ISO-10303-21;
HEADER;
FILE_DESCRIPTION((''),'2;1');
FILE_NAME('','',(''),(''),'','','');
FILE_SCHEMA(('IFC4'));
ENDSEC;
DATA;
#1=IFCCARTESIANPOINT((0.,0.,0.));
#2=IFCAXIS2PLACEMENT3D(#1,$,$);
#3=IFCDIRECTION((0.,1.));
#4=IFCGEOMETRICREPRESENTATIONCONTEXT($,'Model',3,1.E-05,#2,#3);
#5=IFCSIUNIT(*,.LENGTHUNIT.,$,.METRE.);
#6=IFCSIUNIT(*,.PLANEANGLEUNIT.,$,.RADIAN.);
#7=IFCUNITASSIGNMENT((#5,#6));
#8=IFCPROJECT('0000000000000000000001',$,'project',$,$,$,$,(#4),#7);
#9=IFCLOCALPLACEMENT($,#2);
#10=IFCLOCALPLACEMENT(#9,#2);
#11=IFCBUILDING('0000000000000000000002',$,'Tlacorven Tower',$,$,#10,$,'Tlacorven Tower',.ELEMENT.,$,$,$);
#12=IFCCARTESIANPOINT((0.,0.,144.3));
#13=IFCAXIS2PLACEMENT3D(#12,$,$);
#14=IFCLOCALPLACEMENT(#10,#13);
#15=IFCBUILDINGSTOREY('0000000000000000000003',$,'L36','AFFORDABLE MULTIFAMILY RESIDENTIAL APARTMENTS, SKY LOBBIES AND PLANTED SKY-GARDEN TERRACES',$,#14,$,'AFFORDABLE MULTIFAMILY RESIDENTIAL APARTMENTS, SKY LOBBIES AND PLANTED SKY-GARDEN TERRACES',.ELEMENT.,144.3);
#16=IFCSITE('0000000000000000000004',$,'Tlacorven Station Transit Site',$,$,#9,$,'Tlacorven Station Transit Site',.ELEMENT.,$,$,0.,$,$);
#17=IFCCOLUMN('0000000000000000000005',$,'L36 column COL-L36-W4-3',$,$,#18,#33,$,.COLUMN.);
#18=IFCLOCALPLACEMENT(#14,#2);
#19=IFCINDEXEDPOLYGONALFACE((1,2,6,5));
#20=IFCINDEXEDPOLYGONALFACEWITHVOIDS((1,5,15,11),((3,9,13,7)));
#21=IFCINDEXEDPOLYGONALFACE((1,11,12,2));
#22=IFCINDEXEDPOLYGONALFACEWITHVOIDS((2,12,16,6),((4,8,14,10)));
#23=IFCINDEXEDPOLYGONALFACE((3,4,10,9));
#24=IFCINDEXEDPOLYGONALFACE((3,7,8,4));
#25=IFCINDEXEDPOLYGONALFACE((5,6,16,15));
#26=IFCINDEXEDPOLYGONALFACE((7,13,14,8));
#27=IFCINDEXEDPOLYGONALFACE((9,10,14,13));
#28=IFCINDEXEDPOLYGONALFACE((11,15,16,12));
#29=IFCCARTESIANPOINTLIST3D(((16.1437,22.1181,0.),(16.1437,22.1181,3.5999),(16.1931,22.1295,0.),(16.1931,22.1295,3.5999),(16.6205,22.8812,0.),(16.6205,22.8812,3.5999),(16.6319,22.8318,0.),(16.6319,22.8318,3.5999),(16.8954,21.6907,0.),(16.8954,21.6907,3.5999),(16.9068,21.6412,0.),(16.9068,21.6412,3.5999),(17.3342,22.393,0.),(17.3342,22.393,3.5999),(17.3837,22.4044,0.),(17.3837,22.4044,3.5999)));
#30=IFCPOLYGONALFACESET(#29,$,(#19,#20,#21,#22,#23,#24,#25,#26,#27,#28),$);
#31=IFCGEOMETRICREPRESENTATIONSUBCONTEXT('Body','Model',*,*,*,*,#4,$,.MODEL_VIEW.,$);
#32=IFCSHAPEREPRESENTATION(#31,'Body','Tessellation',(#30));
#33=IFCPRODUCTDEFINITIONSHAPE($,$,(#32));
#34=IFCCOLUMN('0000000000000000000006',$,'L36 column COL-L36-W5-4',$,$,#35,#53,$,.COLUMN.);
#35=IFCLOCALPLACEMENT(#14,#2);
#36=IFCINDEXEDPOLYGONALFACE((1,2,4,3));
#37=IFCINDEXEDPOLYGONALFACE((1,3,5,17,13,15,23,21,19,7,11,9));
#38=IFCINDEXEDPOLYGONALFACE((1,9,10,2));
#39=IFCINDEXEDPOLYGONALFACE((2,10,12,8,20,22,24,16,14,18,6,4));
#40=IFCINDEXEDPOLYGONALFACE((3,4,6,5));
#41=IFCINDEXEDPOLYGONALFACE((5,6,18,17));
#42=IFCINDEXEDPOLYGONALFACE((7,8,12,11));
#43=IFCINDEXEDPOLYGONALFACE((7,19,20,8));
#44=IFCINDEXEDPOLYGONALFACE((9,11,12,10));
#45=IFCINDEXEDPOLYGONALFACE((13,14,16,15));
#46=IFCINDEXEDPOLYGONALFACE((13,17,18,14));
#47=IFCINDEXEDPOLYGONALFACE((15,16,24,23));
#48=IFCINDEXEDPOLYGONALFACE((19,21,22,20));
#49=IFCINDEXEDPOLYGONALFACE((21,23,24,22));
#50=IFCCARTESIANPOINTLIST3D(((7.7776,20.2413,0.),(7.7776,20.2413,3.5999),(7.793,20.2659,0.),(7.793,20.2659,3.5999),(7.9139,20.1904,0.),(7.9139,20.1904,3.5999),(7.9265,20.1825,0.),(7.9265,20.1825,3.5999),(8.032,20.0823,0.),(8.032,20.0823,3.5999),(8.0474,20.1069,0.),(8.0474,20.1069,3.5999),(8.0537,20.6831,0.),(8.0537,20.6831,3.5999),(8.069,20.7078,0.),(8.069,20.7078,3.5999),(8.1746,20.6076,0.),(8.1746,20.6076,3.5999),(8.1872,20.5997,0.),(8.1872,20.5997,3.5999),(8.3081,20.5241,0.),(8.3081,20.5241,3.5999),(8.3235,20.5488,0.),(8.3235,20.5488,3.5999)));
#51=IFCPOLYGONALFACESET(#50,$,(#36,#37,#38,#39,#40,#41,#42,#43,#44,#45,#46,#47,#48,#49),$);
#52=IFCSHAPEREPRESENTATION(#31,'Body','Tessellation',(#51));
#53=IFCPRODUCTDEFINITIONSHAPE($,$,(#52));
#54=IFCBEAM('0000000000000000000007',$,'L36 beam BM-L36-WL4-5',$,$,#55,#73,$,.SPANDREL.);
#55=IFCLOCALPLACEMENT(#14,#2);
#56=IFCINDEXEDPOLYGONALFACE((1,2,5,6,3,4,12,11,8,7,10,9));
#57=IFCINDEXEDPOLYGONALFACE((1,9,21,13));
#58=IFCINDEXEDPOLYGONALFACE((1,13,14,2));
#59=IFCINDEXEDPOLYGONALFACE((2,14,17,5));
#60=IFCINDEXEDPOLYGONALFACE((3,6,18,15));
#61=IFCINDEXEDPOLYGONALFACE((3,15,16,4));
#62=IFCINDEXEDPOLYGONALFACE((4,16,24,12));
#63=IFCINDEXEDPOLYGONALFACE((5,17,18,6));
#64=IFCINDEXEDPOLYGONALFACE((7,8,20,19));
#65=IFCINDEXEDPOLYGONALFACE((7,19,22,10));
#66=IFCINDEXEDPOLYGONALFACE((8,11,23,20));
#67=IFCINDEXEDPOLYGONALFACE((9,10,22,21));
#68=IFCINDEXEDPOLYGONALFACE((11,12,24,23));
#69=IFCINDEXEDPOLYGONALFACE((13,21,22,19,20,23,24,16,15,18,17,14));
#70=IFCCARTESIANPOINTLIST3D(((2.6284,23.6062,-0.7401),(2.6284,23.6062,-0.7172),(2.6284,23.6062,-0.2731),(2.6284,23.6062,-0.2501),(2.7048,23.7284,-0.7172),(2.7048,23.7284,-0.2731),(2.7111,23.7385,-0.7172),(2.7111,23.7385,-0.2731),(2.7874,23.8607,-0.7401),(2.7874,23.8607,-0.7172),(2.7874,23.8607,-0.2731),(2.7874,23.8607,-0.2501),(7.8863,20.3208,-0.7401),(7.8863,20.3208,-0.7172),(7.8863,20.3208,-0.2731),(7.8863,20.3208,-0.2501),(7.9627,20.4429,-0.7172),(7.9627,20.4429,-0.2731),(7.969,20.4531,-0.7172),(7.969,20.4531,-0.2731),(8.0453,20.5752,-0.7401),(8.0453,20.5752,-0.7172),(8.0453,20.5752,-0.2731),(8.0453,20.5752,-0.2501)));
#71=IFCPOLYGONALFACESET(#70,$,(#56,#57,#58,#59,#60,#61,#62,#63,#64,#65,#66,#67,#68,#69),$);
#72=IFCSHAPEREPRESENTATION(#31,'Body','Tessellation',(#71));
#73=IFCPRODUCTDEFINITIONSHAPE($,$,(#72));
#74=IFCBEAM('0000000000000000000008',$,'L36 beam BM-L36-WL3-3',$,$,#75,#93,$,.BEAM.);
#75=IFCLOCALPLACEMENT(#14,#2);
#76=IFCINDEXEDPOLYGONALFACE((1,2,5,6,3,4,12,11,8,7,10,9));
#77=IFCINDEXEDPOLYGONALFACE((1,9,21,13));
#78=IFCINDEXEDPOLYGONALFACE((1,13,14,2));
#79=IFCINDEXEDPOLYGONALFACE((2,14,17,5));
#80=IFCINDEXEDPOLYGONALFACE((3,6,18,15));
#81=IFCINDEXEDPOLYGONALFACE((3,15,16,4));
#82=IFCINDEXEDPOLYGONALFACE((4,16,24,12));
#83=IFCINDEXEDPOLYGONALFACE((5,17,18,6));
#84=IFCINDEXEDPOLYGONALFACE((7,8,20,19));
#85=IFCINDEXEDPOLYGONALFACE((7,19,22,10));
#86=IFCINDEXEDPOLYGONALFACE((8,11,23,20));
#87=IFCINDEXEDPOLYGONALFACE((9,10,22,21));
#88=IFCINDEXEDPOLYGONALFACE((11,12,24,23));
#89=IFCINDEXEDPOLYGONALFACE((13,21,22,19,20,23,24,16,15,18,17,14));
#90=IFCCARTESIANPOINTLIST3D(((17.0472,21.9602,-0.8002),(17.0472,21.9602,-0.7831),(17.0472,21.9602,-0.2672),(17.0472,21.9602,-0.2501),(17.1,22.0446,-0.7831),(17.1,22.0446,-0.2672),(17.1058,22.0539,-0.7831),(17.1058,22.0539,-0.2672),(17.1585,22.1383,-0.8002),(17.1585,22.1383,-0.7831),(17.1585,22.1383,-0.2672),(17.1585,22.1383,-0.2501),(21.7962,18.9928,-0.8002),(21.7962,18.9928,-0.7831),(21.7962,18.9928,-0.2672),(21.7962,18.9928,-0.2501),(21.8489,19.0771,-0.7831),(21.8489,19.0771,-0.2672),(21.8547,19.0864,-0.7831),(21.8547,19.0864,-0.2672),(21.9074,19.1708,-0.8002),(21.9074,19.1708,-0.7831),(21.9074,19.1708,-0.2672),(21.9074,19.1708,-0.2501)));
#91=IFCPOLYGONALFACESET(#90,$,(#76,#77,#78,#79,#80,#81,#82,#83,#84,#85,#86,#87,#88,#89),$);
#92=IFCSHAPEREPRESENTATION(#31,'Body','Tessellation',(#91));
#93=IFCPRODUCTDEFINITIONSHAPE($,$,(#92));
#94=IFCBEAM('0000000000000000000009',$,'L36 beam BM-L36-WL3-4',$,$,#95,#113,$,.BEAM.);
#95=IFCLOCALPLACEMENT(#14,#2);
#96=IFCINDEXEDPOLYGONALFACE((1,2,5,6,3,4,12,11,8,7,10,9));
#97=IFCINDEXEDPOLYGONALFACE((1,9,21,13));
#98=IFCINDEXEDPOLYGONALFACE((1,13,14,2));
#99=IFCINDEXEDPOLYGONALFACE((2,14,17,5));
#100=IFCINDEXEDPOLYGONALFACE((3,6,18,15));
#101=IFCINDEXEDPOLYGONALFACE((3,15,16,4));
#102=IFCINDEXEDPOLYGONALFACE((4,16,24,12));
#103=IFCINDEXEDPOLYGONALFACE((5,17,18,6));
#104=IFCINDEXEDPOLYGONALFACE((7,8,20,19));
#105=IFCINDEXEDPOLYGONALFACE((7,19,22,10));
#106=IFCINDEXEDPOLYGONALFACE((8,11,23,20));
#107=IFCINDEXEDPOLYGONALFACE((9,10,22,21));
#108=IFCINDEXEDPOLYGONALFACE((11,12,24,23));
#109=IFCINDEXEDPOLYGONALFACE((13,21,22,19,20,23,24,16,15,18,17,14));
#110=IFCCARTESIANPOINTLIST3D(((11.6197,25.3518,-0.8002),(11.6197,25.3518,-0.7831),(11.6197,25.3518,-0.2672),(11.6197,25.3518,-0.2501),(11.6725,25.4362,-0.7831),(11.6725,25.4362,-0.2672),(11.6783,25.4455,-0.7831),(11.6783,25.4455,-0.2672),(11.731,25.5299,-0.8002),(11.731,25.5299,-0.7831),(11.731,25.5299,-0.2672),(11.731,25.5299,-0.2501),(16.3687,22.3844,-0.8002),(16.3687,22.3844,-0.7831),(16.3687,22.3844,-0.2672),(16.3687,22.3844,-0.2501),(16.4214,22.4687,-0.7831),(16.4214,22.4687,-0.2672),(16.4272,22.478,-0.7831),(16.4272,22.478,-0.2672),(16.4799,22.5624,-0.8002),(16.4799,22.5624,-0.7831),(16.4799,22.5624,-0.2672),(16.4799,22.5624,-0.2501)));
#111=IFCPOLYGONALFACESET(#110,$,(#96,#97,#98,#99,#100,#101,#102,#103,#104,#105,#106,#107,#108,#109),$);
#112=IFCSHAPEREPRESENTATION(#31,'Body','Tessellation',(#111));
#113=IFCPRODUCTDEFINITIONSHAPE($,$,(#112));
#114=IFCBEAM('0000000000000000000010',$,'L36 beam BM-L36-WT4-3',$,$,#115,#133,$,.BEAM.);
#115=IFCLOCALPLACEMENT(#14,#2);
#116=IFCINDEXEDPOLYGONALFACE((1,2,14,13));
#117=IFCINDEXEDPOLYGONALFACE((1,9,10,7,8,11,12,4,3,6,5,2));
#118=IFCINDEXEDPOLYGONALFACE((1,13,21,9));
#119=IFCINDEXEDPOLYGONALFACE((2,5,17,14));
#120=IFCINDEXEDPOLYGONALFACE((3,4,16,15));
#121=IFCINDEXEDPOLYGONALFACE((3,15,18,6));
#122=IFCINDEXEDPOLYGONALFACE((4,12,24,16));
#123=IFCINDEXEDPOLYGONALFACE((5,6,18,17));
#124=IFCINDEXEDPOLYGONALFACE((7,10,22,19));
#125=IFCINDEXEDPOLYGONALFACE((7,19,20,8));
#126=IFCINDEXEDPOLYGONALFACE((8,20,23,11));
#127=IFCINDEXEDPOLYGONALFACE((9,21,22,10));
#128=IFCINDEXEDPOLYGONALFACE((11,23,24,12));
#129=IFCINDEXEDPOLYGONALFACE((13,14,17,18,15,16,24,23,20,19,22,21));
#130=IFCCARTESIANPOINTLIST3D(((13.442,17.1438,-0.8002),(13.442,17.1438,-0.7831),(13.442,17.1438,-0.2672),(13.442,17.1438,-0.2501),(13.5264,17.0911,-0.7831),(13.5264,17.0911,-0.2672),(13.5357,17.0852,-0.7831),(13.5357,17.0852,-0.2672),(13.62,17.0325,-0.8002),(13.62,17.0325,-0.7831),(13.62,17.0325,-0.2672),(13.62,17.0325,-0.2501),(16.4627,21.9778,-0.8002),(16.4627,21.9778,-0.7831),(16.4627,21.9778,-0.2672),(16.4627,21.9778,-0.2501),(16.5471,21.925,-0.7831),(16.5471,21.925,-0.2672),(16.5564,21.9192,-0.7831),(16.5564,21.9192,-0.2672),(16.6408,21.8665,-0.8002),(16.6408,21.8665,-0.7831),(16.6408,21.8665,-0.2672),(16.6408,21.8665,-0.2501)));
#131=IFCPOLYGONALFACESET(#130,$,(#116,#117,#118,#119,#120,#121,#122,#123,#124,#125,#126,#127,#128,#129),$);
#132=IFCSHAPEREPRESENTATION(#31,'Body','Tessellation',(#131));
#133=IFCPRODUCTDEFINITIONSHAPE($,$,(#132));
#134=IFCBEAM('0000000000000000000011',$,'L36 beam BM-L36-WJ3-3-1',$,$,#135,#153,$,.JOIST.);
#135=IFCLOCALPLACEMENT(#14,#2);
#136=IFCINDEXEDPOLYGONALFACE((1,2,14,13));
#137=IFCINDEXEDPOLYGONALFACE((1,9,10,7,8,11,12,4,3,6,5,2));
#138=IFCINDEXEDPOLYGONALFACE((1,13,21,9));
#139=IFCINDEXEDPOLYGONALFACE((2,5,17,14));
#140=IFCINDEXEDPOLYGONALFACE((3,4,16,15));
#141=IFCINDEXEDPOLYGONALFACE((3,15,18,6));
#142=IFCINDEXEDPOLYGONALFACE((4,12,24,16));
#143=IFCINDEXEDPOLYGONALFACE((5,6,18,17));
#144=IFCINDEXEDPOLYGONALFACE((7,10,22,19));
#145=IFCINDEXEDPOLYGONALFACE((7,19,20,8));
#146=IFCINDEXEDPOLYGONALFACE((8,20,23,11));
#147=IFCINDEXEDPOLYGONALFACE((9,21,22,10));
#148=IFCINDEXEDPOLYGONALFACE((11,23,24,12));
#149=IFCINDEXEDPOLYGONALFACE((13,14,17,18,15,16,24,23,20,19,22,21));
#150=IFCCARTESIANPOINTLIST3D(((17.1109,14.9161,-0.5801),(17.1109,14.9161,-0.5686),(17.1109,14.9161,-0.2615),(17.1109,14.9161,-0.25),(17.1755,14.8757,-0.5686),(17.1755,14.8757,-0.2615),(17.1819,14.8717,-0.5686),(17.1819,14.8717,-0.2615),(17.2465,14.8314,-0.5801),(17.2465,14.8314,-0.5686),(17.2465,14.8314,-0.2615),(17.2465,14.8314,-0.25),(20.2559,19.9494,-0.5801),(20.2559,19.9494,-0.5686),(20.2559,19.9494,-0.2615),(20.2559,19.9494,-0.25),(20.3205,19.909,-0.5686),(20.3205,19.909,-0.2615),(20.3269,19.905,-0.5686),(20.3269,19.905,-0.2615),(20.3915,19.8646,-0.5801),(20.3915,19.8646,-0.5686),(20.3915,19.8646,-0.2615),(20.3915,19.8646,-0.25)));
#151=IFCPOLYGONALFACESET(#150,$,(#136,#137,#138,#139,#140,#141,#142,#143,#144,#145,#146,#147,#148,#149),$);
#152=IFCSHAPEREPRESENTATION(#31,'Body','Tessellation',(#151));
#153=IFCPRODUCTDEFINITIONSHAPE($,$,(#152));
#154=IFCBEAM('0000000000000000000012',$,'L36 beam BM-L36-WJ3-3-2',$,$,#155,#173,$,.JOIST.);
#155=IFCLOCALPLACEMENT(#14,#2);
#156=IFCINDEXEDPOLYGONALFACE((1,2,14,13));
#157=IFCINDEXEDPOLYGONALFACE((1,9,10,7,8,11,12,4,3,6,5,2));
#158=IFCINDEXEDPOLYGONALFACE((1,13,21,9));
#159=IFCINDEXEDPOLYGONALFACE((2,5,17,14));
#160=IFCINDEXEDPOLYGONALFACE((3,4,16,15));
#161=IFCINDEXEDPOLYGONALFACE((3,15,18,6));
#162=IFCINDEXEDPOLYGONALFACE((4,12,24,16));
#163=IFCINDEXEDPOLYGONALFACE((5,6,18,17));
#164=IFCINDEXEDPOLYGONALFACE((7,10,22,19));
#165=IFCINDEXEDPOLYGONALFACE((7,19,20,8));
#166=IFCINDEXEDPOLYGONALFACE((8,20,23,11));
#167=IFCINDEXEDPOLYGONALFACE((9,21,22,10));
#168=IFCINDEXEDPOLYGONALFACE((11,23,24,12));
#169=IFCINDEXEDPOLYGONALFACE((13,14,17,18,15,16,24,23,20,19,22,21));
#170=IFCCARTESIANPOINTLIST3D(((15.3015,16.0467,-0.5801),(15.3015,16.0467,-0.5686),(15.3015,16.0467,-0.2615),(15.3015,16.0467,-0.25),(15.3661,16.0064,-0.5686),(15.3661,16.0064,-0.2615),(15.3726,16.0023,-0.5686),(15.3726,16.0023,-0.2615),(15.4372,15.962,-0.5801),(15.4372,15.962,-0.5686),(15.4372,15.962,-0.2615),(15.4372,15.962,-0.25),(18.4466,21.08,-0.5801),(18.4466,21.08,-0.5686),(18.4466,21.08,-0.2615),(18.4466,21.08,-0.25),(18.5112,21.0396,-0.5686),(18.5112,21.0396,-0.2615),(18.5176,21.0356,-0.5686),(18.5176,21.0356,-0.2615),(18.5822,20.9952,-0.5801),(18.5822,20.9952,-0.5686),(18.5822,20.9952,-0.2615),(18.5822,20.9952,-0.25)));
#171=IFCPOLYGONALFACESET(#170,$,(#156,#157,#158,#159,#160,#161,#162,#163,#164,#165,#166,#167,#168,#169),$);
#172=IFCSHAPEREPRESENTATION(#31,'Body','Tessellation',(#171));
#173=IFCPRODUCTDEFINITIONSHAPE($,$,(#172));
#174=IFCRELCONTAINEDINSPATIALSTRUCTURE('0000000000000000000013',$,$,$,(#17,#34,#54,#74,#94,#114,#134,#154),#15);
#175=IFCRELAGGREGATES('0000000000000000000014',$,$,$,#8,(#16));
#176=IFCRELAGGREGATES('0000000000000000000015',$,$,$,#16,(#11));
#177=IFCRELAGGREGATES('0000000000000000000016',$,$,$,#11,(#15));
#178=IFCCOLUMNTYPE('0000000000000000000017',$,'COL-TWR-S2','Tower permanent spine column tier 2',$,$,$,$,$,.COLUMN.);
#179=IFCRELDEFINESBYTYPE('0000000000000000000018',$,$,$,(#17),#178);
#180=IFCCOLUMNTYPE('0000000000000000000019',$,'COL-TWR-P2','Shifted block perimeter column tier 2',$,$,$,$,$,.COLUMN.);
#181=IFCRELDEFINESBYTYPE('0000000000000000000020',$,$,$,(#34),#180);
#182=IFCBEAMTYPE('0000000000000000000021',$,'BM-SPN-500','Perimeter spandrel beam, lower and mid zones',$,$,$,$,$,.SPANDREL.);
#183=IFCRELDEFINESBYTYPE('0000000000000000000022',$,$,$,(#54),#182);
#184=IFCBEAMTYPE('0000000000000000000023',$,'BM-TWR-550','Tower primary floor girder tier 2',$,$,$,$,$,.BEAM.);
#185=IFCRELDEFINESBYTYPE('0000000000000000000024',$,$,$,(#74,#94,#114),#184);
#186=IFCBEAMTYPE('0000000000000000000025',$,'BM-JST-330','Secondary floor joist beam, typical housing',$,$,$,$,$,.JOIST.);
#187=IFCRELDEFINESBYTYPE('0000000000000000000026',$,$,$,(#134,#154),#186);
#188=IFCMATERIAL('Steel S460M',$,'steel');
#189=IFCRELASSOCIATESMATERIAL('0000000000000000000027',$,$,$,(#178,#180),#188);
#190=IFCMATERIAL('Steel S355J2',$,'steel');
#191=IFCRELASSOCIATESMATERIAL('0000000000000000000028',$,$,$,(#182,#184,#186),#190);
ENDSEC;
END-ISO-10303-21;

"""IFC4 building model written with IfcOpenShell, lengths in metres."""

from ifc_helpers import new_model, si_unit, direction, frame, origin, origin_2d, place, context, subcontext, project, spatial, hollow_rectangle, i_section, extrude, source, transform, mapped, material, material_profile, profile_set, type_object, element, save


model = new_model("IFC4")

# Units and contexts
model_context = context("Model", 3, precision=1e-05, world=origin(), true_north=direction((0.0, 1.0)))
body_context = subcontext(model_context, "Body", "Model", "MODEL_VIEW")
ifc_project = project(units=[si_unit("LENGTHUNIT", "METRE"), si_unit("PLANEANGLEUNIT", "RADIAN")], contexts=[model_context])

# Site, building, storey
site_placement = place(None, origin())
site = spatial("IfcSite", under=ifc_project, at=site_placement, Name="Tlacorven Station Transit Site", LongName="Tlacorven Station Transit Site", CompositionType="ELEMENT", RefElevation=0.0)
building_placement = place(site_placement, origin())
building = spatial("IfcBuilding", under=site, at=building_placement, Name="Tlacorven Tower", LongName="Tlacorven Tower", CompositionType="ELEMENT")
storey_placement = place(building_placement, frame((0.0, 0.0, 144.3)))
storey = spatial("IfcBuildingStorey", under=building, at=storey_placement, Name="L36", Description="AFFORDABLE MULTIFAMILY RESIDENTIAL APARTMENTS, SKY LOBBIES AND PLANTED SKY-GARDEN TERRACES", LongName="AFFORDABLE MULTIFAMILY RESIDENTIAL APARTMENTS, SKY LOBBIES AND PLANTED SKY-GARDEN TERRACES", CompositionType="ELEMENT", Elevation=144.3)

# Columns
ifc_material_1 = material(Name="Steel S460M", Category="steel")
ifc_material_profile_1 = material_profile(ifc_material_1, hollow_rectangle(XDim=0.8999, YDim=0.8999, WallThickness=0.0359, at=origin_2d()), Name="BOX 900X900X36")
ifc_profile_set_1 = profile_set([ifc_material_profile_1], Name="Steel S460M")
column_type_1 = type_object("IfcColumnType", Name="COL-TWR-S2", Description="Tower permanent spine column tier 2", PredefinedType="COLUMN", material=ifc_profile_set_1)
shared_shape_1 = source(origin(), body_context, "Body", "SweptSolid", [
    extrude(hollow_rectangle(XDim=0.8999, YDim=0.8999, WallThickness=0.0359, at=origin_2d()), origin(), (0.0, 0.0, 1.0), 3.5999),
])
column_1_placement = place(storey_placement, frame((16.7637, 22.2612, 0.0), z_axis=(0.0, 0.0, 1.0), x_axis=(-0.848048, 0.529919, 0.0)))
element("IfcColumn", 1, at=column_1_placement, inside=storey, type_object=column_type_1, Name="L36 column COL-L36-W4-3", PredefinedType="COLUMN", context=body_context, shape_type="MappedRepresentation", body=[
    mapped(shared_shape_1, transform((0.0, 0.0, 0.0), scale=1.0)),
])
ifc_material_profile_2 = material_profile(ifc_material_1, i_section(OverallWidth=0.3, OverallDepth=0.55, WebThickness=0.0149, FlangeThickness=0.0291, at=origin_2d()), Name="HEB 550")
ifc_profile_set_2 = profile_set([ifc_material_profile_2], Name="Steel S460M")
column_type_2 = type_object("IfcColumnType", Name="COL-TWR-P2", Description="Shifted block perimeter column tier 2", PredefinedType="COLUMN", material=ifc_profile_set_2)
shared_shape_2 = source(origin(), body_context, "Body", "SweptSolid", [
    extrude(i_section(OverallWidth=0.3, OverallDepth=0.55, WebThickness=0.0149, FlangeThickness=0.0291, at=origin_2d()), origin(), (0.0, 0.0, 1.0), 3.5999),
])
column_2_placement = place(storey_placement, frame((8.0505, 20.395, 0.0), z_axis=(0.0, 0.0, 1.0), x_axis=(-0.848048, 0.529919, 0.0)))
element("IfcColumn", 2, at=column_2_placement, inside=storey, type_object=column_type_2, Name="L36 column COL-L36-W5-4", PredefinedType="COLUMN", context=body_context, shape_type="MappedRepresentation", body=[
    mapped(shared_shape_2, transform((0.0, 0.0, 0.0), scale=1.0)),
])

# Beams
ifc_material_2 = material(Name="Steel S355J2", Category="steel")
ifc_material_profile_3 = material_profile(ifc_material_2, i_section(OverallWidth=0.3, OverallDepth=0.49, WebThickness=0.012, FlangeThickness=0.0229, at=origin_2d()), Name="HEA 500")
ifc_profile_set_3 = profile_set([ifc_material_profile_3], Name="Steel S355J2")
beam_type_1 = type_object("IfcBeamType", Name="BM-SPN-500", Description="Perimeter spandrel beam, lower and mid zones", PredefinedType="SPANDREL", material=ifc_profile_set_3)
shared_shape_3 = source(origin(), body_context, "Body", "SweptSolid", [
    extrude(i_section(OverallWidth=0.3, OverallDepth=0.49, WebThickness=0.012, FlangeThickness=0.0229, at=origin_2d()), origin(), (0.0, 0.0, 1.0), 6.2),
])
beam_1_placement = place(storey_placement, frame((7.9658, 20.448, -0.4951), z_axis=(-0.848051, 0.529914, 0.0), x_axis=(-0.529914, -0.848051, 0.0)))
element("IfcBeam", 3, at=beam_1_placement, inside=storey, type_object=beam_type_1, Name="L36 beam BM-L36-WL4-5", PredefinedType="SPANDREL", context=body_context, shape_type="MappedRepresentation", body=[
    mapped(shared_shape_3, transform((0.0, 0.0, 0.0), scale=1.0)),
])
ifc_material_profile_4 = material_profile(ifc_material_2, i_section(OverallWidth=0.21, OverallDepth=0.55, WebThickness=0.011, FlangeThickness=0.0171, at=origin_2d()), Name="IPE 550")
ifc_profile_set_4 = profile_set([ifc_material_profile_4], Name="Steel S355J2")
beam_type_2 = type_object("IfcBeamType", Name="BM-TWR-550", Description="Tower primary floor girder tier 2", PredefinedType="BEAM", material=ifc_profile_set_4)
shared_shape_4 = source(origin(), body_context, "Body", "SweptSolid", [
    extrude(i_section(OverallWidth=0.21, OverallDepth=0.55, WebThickness=0.011, FlangeThickness=0.0171, at=origin_2d()), origin(), (0.0, 0.0, 1.0), 5.5999),
])
for number, where, z_axis, x_axis, name in (
    (4, (21.8518, 19.0818, -0.5251), (-0.848047, 0.529921, 0.0), (-0.529921, -0.848047, 0.0), "L36 beam BM-L36-WL3-3"),
    (5, (16.4243, 22.4734, -0.5251), (-0.848047, 0.529921, 0.0), (-0.529921, -0.848047, 0.0), "L36 beam BM-L36-WL3-4"),
):
    element("IfcBeam", number, at=place(storey_placement, frame(where, z_axis=z_axis, x_axis=x_axis)), inside=storey, type_object=beam_type_2, Name=name, PredefinedType="BEAM", context=body_context, shape_type="MappedRepresentation", body=[
        mapped(shared_shape_4, transform((0.0, 0.0, 0.0), scale=1.0)),
    ])
shared_shape_5 = source(origin(), body_context, "Body", "SweptSolid", [
    extrude(i_section(OverallWidth=0.21, OverallDepth=0.55, WebThickness=0.011, FlangeThickness=0.0171, at=origin_2d()), origin(), (0.0, 0.0, 1.0), 5.7002),
])
beam_2_placement = place(storey_placement, frame((16.5518, 21.9221, -0.5251), z_axis=(-0.529937, -0.848037, 0.0), x_axis=(0.848037, -0.529937, 0.0)))
element("IfcBeam", 6, at=beam_2_placement, inside=storey, type_object=beam_type_2, Name="L36 beam BM-L36-WT4-3", PredefinedType="BEAM", context=body_context, shape_type="MappedRepresentation", body=[
    mapped(shared_shape_5, transform((0.0, 0.0, 0.0), scale=1.0)),
])
ifc_material_profile_5 = material_profile(ifc_material_2, i_section(OverallWidth=0.1599, OverallDepth=0.3301, WebThickness=0.0076, FlangeThickness=0.0115, at=origin_2d()), Name="IPE 330")
ifc_profile_set_5 = profile_set([ifc_material_profile_5], Name="Steel S355J2")
beam_type_3 = type_object("IfcBeamType", Name="BM-JST-330", Description="Secondary floor joist beam, typical housing", PredefinedType="JOIST", material=ifc_profile_set_5)
shared_shape_6 = source(origin(), body_context, "Body", "SweptSolid", [
    extrude(i_section(OverallWidth=0.1599, OverallDepth=0.3301, WebThickness=0.0076, FlangeThickness=0.0115, at=origin_2d()), origin(), (0.0, 0.0, 1.0), 5.9351),
])
for number, where, z_axis, x_axis, name in (
    (7, (20.3237, 19.907, -0.415), (-0.52991, -0.848054, 0.0), (0.848054, -0.52991, 0.0), "L36 beam BM-L36-WJ3-3-1"),
    (8, (18.5144, 21.0376, -0.415), (-0.52991, -0.848054, 0.0), (0.848054, -0.52991, 0.0), "L36 beam BM-L36-WJ3-3-2"),
):
    element("IfcBeam", number, at=place(storey_placement, frame(where, z_axis=z_axis, x_axis=x_axis)), inside=storey, type_object=beam_type_3, Name=name, PredefinedType="JOIST", context=body_context, shape_type="MappedRepresentation", body=[
        mapped(shared_shape_6, transform((0.0, 0.0, 0.0), scale=1.0)),
    ])

save(model, "model.ifc")
